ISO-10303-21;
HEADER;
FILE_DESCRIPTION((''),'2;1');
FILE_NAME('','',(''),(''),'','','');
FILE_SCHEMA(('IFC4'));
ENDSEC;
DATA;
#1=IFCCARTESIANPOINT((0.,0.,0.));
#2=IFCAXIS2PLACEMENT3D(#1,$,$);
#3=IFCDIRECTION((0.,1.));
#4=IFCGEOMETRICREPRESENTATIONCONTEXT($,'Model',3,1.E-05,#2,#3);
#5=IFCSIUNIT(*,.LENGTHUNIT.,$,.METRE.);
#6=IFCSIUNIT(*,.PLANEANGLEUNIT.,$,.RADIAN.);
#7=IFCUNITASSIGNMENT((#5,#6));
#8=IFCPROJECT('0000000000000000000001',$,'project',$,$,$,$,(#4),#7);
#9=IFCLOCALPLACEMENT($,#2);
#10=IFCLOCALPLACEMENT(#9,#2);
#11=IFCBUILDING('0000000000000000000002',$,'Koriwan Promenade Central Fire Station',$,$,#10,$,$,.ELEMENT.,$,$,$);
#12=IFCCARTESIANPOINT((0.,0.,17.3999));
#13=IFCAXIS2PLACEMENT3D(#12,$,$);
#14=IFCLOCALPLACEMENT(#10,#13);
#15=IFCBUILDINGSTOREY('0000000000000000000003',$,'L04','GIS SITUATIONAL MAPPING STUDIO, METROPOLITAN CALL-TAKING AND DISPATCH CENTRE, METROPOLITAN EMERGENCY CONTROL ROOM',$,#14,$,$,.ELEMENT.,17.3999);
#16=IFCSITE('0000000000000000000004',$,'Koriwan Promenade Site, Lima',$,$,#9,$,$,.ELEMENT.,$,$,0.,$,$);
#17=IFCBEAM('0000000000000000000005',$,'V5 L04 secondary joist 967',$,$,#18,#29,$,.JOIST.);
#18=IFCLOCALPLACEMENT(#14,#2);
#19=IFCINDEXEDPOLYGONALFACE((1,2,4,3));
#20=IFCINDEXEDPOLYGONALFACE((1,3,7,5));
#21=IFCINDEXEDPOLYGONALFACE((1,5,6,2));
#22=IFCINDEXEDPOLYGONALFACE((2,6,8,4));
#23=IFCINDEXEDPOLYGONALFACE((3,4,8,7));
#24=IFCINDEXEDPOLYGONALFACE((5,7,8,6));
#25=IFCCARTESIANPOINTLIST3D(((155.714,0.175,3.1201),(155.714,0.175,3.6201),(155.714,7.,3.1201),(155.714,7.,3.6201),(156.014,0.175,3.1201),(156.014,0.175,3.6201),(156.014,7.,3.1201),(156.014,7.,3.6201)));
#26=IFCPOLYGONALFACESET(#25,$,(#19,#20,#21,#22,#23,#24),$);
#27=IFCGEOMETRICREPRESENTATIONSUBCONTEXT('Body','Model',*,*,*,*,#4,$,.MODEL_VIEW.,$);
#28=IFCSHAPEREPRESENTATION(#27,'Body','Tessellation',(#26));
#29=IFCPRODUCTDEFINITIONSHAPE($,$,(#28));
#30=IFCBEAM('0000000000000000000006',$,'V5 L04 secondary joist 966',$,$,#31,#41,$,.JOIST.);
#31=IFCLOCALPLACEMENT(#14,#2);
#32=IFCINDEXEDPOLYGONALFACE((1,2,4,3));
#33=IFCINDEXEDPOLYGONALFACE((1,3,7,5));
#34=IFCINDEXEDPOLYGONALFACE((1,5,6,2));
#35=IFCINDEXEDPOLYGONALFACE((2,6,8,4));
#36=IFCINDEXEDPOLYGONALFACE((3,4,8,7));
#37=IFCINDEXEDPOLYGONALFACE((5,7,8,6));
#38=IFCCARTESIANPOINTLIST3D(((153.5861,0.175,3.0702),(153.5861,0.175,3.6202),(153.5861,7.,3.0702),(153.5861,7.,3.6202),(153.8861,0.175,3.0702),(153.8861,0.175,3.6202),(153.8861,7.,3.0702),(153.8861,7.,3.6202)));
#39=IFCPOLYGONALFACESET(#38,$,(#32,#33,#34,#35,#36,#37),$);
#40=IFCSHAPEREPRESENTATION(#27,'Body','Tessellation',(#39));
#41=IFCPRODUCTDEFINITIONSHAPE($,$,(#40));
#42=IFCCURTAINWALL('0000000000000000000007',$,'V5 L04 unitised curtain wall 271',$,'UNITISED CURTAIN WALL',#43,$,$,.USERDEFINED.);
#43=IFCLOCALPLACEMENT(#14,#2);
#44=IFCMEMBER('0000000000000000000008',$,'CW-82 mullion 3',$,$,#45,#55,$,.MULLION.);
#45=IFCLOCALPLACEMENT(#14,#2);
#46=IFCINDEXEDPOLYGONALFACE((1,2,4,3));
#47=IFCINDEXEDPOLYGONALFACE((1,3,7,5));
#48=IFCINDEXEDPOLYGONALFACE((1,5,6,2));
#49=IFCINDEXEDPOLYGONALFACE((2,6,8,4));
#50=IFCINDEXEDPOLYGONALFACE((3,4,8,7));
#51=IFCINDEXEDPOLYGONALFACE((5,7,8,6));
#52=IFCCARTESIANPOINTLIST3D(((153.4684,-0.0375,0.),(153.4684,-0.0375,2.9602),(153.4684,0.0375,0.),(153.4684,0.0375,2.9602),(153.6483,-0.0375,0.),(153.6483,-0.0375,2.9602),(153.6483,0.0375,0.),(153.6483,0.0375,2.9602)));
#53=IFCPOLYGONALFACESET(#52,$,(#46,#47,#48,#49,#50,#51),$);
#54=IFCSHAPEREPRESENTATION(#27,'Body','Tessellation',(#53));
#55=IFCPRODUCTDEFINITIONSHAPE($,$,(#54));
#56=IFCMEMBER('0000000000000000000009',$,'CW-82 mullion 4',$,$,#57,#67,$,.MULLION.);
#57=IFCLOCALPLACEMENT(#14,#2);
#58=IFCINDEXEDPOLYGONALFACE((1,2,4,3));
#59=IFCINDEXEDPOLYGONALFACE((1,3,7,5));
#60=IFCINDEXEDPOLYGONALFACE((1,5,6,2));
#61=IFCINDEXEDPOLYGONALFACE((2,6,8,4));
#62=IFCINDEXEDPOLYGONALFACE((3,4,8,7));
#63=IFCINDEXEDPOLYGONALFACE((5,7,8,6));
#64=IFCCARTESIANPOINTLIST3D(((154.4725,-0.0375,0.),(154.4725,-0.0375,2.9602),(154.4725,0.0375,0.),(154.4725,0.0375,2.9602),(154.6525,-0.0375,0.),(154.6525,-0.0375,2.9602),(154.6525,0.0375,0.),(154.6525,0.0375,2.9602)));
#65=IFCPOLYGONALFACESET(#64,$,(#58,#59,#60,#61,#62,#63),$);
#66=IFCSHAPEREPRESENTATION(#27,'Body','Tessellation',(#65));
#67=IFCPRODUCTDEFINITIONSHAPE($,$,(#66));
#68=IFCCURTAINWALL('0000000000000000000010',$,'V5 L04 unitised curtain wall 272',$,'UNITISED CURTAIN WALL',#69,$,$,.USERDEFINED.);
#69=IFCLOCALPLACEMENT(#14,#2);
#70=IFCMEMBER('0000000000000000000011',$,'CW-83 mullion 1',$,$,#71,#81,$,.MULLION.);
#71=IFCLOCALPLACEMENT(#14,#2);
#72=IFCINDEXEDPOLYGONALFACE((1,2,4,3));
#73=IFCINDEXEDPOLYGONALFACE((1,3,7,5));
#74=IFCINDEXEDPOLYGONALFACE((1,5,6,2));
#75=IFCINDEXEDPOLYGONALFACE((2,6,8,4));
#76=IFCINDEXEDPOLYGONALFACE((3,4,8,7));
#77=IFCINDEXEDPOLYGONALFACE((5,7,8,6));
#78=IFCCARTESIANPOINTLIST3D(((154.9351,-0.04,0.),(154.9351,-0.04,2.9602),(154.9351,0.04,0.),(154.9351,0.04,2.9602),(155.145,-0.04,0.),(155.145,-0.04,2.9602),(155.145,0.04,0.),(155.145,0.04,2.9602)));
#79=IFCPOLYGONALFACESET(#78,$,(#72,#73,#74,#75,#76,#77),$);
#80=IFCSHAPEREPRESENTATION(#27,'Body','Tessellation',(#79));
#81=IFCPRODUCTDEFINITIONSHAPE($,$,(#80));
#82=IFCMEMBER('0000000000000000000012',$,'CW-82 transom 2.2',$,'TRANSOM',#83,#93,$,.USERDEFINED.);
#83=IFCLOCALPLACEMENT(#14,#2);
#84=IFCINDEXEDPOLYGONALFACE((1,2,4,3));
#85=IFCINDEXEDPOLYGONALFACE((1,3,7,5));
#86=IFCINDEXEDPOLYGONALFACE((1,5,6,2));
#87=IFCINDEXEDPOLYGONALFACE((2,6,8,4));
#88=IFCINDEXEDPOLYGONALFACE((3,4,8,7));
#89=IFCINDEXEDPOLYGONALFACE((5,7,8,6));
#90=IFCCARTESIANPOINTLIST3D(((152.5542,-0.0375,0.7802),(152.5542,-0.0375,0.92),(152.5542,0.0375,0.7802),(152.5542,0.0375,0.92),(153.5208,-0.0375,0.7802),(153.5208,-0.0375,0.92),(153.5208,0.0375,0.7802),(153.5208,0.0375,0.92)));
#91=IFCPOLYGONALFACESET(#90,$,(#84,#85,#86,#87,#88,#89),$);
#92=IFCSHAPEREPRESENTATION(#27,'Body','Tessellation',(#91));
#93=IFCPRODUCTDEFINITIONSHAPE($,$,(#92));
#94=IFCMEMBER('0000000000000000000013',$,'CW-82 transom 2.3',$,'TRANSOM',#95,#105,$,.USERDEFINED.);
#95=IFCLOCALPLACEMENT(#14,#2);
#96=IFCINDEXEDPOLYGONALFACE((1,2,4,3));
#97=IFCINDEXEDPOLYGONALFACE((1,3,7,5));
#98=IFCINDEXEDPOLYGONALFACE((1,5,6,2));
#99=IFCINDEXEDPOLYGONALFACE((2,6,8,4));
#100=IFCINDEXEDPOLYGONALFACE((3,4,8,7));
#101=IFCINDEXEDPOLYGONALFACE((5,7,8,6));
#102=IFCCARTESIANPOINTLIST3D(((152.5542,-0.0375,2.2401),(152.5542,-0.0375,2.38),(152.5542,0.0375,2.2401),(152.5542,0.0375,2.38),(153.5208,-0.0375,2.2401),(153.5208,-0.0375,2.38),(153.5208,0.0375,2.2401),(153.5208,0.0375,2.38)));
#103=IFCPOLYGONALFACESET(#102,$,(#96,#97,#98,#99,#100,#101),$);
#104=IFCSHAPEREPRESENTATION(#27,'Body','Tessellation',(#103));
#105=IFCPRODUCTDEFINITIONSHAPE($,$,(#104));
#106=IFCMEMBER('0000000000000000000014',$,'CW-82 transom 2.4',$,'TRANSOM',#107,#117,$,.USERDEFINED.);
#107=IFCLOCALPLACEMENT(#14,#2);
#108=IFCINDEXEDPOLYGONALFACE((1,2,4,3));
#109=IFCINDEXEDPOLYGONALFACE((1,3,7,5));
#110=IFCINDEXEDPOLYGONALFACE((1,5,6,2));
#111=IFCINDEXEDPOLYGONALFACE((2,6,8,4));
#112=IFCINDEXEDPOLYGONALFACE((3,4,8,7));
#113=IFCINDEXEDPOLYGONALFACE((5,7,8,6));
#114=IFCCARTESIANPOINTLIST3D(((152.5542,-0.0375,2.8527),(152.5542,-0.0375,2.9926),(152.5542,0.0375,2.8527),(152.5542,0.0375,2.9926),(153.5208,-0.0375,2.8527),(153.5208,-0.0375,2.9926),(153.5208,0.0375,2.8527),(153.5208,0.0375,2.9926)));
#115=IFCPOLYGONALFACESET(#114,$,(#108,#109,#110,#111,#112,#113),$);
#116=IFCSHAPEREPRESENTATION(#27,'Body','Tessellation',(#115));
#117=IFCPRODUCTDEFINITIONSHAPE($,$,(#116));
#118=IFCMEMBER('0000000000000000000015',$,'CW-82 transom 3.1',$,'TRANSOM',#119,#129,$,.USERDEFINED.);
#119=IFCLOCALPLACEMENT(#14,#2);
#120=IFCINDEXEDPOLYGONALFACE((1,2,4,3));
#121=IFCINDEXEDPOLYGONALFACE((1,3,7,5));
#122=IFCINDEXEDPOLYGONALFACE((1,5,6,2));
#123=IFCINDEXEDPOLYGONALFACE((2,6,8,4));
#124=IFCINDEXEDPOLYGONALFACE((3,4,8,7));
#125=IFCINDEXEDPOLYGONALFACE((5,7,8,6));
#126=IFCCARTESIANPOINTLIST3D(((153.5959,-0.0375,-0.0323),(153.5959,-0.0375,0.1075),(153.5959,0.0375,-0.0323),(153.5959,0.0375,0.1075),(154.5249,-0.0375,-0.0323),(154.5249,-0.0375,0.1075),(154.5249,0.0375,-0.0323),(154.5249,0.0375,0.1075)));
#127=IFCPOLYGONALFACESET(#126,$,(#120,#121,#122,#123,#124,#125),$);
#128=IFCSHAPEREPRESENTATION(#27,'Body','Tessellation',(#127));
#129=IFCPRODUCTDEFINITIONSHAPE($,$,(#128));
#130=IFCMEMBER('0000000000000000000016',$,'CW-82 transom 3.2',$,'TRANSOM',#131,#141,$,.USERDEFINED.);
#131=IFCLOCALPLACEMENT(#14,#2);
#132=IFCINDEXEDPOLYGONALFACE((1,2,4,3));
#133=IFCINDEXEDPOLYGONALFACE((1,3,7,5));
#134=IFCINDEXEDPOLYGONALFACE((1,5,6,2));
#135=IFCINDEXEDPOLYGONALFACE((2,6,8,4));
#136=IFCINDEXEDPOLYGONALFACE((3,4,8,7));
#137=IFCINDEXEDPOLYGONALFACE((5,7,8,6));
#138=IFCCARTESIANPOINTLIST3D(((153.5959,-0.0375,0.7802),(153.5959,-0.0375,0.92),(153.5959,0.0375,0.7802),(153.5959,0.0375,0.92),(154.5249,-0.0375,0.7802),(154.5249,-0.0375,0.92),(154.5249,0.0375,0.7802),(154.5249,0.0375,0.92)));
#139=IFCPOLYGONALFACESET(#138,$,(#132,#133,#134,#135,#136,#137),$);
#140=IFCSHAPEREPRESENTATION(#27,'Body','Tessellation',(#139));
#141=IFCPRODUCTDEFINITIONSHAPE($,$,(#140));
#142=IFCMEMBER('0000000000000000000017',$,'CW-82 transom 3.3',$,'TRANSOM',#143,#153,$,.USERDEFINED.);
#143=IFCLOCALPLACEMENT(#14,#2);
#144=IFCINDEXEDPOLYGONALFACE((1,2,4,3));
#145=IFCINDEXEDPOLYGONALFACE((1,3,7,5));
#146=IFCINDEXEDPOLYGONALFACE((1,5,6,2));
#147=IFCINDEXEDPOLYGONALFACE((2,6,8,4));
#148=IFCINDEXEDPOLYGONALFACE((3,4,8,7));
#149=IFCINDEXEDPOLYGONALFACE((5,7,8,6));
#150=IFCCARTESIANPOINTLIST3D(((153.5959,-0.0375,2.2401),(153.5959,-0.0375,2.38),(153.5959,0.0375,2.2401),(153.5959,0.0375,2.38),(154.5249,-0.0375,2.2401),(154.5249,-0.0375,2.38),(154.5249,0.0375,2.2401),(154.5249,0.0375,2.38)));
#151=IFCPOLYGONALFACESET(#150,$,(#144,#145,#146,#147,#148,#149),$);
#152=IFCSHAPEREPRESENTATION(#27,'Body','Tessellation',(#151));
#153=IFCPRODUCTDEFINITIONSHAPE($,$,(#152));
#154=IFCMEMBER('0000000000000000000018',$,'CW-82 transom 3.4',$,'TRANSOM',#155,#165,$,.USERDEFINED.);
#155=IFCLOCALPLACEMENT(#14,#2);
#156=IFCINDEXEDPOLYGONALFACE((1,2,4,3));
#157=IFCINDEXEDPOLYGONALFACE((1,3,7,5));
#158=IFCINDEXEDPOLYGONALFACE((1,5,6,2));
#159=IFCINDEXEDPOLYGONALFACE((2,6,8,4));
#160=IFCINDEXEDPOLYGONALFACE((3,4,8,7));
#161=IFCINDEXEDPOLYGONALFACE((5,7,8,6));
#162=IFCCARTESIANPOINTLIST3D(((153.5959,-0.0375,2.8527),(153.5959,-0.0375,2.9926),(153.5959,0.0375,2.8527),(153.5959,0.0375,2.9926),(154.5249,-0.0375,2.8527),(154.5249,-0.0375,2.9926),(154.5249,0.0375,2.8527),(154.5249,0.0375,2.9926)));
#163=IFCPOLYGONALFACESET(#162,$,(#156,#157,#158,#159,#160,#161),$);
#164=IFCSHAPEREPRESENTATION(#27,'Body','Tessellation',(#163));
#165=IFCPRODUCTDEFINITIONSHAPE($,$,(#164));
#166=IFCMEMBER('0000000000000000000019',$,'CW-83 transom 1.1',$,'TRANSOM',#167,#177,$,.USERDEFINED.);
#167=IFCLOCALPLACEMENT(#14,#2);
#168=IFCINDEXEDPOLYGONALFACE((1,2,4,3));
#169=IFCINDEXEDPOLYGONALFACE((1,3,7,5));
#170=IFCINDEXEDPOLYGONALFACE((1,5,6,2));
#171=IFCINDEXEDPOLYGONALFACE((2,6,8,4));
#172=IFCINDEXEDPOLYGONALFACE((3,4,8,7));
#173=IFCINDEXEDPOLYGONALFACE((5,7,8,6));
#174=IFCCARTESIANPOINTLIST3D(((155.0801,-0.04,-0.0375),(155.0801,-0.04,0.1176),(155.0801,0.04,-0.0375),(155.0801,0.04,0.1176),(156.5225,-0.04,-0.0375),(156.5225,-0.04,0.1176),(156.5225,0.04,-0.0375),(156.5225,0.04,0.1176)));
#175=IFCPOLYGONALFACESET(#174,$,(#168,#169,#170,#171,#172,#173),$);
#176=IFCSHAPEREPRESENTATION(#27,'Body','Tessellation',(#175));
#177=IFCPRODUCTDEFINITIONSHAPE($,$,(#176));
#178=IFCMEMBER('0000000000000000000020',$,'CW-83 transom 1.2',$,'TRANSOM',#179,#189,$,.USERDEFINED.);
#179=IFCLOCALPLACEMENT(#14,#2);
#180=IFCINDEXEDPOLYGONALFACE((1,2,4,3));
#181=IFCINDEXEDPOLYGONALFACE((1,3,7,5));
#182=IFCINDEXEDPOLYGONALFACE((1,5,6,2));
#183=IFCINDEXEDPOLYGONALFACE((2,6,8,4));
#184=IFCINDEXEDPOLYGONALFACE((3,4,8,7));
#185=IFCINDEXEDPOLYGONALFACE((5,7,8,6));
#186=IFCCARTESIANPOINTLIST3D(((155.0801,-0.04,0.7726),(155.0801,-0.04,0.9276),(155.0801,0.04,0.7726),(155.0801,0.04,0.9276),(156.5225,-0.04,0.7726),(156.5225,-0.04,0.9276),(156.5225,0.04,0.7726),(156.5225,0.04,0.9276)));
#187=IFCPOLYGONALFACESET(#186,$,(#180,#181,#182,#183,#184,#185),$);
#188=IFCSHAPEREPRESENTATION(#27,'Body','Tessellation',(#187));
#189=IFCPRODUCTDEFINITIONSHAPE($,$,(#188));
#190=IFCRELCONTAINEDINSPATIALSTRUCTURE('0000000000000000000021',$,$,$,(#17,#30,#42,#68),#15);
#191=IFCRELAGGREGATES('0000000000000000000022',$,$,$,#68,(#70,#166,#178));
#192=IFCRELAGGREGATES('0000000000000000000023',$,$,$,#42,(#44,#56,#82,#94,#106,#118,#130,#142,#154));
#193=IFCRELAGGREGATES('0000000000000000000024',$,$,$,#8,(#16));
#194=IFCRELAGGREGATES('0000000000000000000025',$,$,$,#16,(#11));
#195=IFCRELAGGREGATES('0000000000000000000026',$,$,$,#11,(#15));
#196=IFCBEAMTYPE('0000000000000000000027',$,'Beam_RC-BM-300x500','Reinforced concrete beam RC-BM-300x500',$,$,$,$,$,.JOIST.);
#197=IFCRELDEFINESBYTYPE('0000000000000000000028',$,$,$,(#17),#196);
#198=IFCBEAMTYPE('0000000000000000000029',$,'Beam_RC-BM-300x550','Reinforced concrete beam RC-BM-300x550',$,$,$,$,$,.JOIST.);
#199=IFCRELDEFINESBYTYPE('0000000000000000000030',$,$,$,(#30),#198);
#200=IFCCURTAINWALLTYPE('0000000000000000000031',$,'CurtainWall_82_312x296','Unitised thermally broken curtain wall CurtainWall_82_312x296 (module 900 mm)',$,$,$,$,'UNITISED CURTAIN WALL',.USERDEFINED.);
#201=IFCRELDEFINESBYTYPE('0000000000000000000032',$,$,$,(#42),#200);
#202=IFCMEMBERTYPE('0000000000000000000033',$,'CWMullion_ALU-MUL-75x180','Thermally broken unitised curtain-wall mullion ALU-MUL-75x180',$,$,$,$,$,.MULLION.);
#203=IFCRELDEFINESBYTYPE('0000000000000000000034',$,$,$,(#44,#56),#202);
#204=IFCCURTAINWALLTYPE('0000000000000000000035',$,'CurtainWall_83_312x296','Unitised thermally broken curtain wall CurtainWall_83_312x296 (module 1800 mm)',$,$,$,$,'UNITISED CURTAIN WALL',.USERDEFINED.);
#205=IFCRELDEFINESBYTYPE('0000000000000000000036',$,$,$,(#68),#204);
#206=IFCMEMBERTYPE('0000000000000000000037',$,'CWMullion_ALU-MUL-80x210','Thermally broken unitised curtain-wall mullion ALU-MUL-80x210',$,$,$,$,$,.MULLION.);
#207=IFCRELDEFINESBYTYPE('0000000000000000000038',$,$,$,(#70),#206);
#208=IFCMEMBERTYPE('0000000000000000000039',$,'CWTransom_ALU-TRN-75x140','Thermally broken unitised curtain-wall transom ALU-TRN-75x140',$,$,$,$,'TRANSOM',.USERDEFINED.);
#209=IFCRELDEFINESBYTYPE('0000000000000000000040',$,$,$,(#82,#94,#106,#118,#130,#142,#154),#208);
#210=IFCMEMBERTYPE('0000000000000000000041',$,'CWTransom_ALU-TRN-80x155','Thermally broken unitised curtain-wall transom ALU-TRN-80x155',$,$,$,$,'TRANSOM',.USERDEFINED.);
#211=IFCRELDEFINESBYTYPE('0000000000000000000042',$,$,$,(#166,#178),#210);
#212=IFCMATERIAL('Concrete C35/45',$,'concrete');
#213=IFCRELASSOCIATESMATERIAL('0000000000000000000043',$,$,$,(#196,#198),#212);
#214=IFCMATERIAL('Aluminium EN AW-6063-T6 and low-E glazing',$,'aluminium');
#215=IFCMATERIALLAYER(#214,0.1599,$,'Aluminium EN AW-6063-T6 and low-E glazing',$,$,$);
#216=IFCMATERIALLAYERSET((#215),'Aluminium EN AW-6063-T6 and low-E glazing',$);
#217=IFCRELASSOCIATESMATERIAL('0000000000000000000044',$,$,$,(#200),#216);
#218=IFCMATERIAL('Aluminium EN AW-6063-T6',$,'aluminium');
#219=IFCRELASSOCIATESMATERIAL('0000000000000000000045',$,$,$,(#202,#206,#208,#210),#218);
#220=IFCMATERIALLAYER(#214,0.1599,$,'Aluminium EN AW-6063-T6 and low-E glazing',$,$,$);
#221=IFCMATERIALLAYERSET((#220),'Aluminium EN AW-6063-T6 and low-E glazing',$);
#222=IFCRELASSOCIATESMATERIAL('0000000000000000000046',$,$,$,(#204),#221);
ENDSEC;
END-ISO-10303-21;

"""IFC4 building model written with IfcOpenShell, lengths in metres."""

from ifc_helpers import new_model, si_unit, direction, frame, origin, origin_2d, place, context, subcontext, project, spatial, rectangle, extrude, material, layer, layer_set, material_profile, profile_set, type_object, element, aggregate, save


model = new_model("IFC4")

# Units and contexts
model_context = context("Model", 3, precision=1e-05, world=origin(), true_north=direction((0.0, 1.0)))
body_context = subcontext(model_context, "Body", "Model", "MODEL_VIEW")
ifc_project = project(units=[si_unit("LENGTHUNIT", "METRE"), si_unit("PLANEANGLEUNIT", "RADIAN")], contexts=[model_context])

# Site, building, storey
site_placement = place(None, origin())
site = spatial("IfcSite", under=ifc_project, at=site_placement, Name="Koriwan Promenade Site, Lima", CompositionType="ELEMENT", RefElevation=0.0)
building_placement = place(site_placement, origin())
building = spatial("IfcBuilding", under=site, at=building_placement, Name="Koriwan Promenade Central Fire Station", CompositionType="ELEMENT")
storey_placement = place(building_placement, frame((0.0, 0.0, 17.3999)))
storey = spatial("IfcBuildingStorey", under=building, at=storey_placement, Name="L04", Description="GIS SITUATIONAL MAPPING STUDIO, METROPOLITAN CALL-TAKING AND DISPATCH CENTRE, METROPOLITAN EMERGENCY CONTROL ROOM", CompositionType="ELEMENT", Elevation=17.3999)

# Beams
ifc_material_1 = material(Name="Concrete C35/45", Category="concrete")
ifc_material_profile_1 = material_profile(ifc_material_1, rectangle(XDim=0.3, YDim=0.5, at=origin_2d()), Name="RC-BM-300x500")
ifc_profile_set_1 = profile_set([ifc_material_profile_1], Name="Concrete C35/45")
beam_type_1 = type_object("IfcBeamType", Name="Beam_RC-BM-300x500", Description="Reinforced concrete beam RC-BM-300x500", PredefinedType="JOIST", material=ifc_profile_set_1)
beam_1_placement = place(storey_placement, frame((155.864, 0.175, 3.3701), z_axis=(0.0, 1.0, 0.0), x_axis=(-1.0, 0.0, 0.0)))
element("IfcBeam", 1, at=beam_1_placement, inside=storey, type_object=beam_type_1, Name="V5 L04 secondary joist 967", PredefinedType="JOIST", context=body_context, shape_type="SweptSolid", body=[
    extrude(rectangle(XDim=0.3, YDim=0.5, at=origin_2d()), origin(), (0.0, 0.0, 1.0), 6.825),
])
ifc_material_profile_2 = material_profile(ifc_material_1, rectangle(XDim=0.3, YDim=0.55, at=origin_2d()), Name="RC-BM-300x550")
ifc_profile_set_2 = profile_set([ifc_material_profile_2], Name="Concrete C35/45")
beam_type_2 = type_object("IfcBeamType", Name="Beam_RC-BM-300x550", Description="Reinforced concrete beam RC-BM-300x550", PredefinedType="JOIST", material=ifc_profile_set_2)
beam_2_placement = place(storey_placement, frame((153.7361, 0.175, 3.3452), z_axis=(0.0, 1.0, 0.0), x_axis=(-1.0, 0.0, 0.0)))
element("IfcBeam", 2, at=beam_2_placement, inside=storey, type_object=beam_type_2, Name="V5 L04 secondary joist 966", PredefinedType="JOIST", context=body_context, shape_type="SweptSolid", body=[
    extrude(rectangle(XDim=0.3, YDim=0.55, at=origin_2d()), origin(), (0.0, 0.0, 1.0), 6.825),
])

# Curtain wall, members
ifc_material_2 = material(Name="Aluminium EN AW-6063-T6 and low-E glazing", Category="aluminium")
ifc_layer_1 = layer(ifc_material_2, 0.1599, Name="Aluminium EN AW-6063-T6 and low-E glazing")
ifc_layer_set_1 = layer_set([ifc_layer_1], Name="Aluminium EN AW-6063-T6 and low-E glazing")
curtain_wall_type_1 = type_object("IfcCurtainWallType", Name="CurtainWall_82_312x296", Description="Unitised thermally broken curtain wall CurtainWall_82_312x296 (module 900 mm)", ElementType="UNITISED CURTAIN WALL", PredefinedType="USERDEFINED", material=ifc_layer_set_1)
curtain_wall_1_placement = place(storey_placement, origin())
curtain_wall_1 = element("IfcCurtainWall", 3, at=curtain_wall_1_placement, inside=storey, type_object=curtain_wall_type_1, Name="V5 L04 unitised curtain wall 271", ObjectType="UNITISED CURTAIN WALL", PredefinedType="USERDEFINED")
ifc_material_3 = material(Name="Aluminium EN AW-6063-T6", Category="aluminium")
ifc_material_profile_3 = material_profile(ifc_material_3, rectangle(XDim=0.075, YDim=0.1799, at=origin_2d()), Name="ALU-MUL-75x180")
ifc_profile_set_3 = profile_set([ifc_material_profile_3], Name="Aluminium EN AW-6063-T6")
member_type_1 = type_object("IfcMemberType", Name="CWMullion_ALU-MUL-75x180", Description="Thermally broken unitised curtain-wall mullion ALU-MUL-75x180", PredefinedType="MULLION", material=ifc_profile_set_3)
member_1_placement = place(storey_placement, frame((153.5583, 0.0, 0.0), z_axis=(0.0, 0.0, 1.0), x_axis=(0.0, 1.0, 0.0)))
member_1 = element("IfcMember", 4, at=member_1_placement, type_object=member_type_1, Name="CW-82 mullion 3", PredefinedType="MULLION", context=body_context, shape_type="SweptSolid", body=[
    extrude(rectangle(XDim=0.075, YDim=0.1799, at=origin_2d()), origin(), (0.0, 0.0, 1.0), 2.9602),
])
member_2_placement = place(storey_placement, frame((154.5625, 0.0, 0.0), z_axis=(0.0, 0.0, 1.0), x_axis=(0.0, 1.0, 0.0)))
member_2 = element("IfcMember", 5, at=member_2_placement, type_object=member_type_1, Name="CW-82 mullion 4", PredefinedType="MULLION", context=body_context, shape_type="SweptSolid", body=[
    extrude(rectangle(XDim=0.075, YDim=0.1799, at=origin_2d()), origin(), (0.0, 0.0, 1.0), 2.9602),
])

# Curtain wall, member
ifc_layer_2 = layer(ifc_material_2, 0.1599, Name="Aluminium EN AW-6063-T6 and low-E glazing")
ifc_layer_set_2 = layer_set([ifc_layer_2], Name="Aluminium EN AW-6063-T6 and low-E glazing")
curtain_wall_type_2 = type_object("IfcCurtainWallType", Name="CurtainWall_83_312x296", Description="Unitised thermally broken curtain wall CurtainWall_83_312x296 (module 1800 mm)", ElementType="UNITISED CURTAIN WALL", PredefinedType="USERDEFINED", material=ifc_layer_set_2)
curtain_wall_2_placement = place(storey_placement, origin())
curtain_wall_2 = element("IfcCurtainWall", 6, at=curtain_wall_2_placement, inside=storey, type_object=curtain_wall_type_2, Name="V5 L04 unitised curtain wall 272", ObjectType="UNITISED CURTAIN WALL", PredefinedType="USERDEFINED")
ifc_material_profile_4 = material_profile(ifc_material_3, rectangle(XDim=0.0801, YDim=0.21, at=origin_2d()), Name="ALU-MUL-80x210")
ifc_profile_set_4 = profile_set([ifc_material_profile_4], Name="Aluminium EN AW-6063-T6")
member_type_2 = type_object("IfcMemberType", Name="CWMullion_ALU-MUL-80x210", Description="Thermally broken unitised curtain-wall mullion ALU-MUL-80x210", PredefinedType="MULLION", material=ifc_profile_set_4)
member_3_placement = place(storey_placement, frame((155.04, 0.0, 0.0), z_axis=(0.0, 0.0, 1.0), x_axis=(0.0, 1.0, 0.0)))
member_3 = element("IfcMember", 7, at=member_3_placement, type_object=member_type_2, Name="CW-83 mullion 1", PredefinedType="MULLION", context=body_context, shape_type="SweptSolid", body=[
    extrude(rectangle(XDim=0.0801, YDim=0.21, at=origin_2d()), origin(), (0.0, 0.0, 1.0), 2.9602),
])

# Members
ifc_material_profile_5 = material_profile(ifc_material_3, rectangle(XDim=0.075, YDim=0.1399, at=origin_2d()), Name="ALU-TRN-75x140")
ifc_profile_set_5 = profile_set([ifc_material_profile_5], Name="Aluminium EN AW-6063-T6")
member_type_3 = type_object("IfcMemberType", Name="CWTransom_ALU-TRN-75x140", Description="Thermally broken unitised curtain-wall transom ALU-TRN-75x140", ElementType="TRANSOM", PredefinedType="USERDEFINED", material=ifc_profile_set_5)
member_4_placement = place(storey_placement, frame((152.5542, 0.0, 0.8501), z_axis=(1.0, 0.0, 0.0), x_axis=(0.0, 1.0, 0.0)))
member_4 = element("IfcMember", 8, at=member_4_placement, type_object=member_type_3, Name="CW-82 transom 2.2", ObjectType="TRANSOM", PredefinedType="USERDEFINED", context=body_context, shape_type="SweptSolid", body=[
    extrude(rectangle(XDim=0.075, YDim=0.1399, at=origin_2d()), origin(), (0.0, 0.0, 1.0), 0.9666),
])
member_5_placement = place(storey_placement, frame((152.5542, 0.0, 2.3101), z_axis=(1.0, 0.0, 0.0), x_axis=(0.0, 1.0, 0.0)))
member_5 = element("IfcMember", 9, at=member_5_placement, type_object=member_type_3, Name="CW-82 transom 2.3", ObjectType="TRANSOM", PredefinedType="USERDEFINED", context=body_context, shape_type="SweptSolid", body=[
    extrude(rectangle(XDim=0.075, YDim=0.1399, at=origin_2d()), origin(), (0.0, 0.0, 1.0), 0.9666),
])
member_6_placement = place(storey_placement, frame((152.5542, 0.0, 2.9226), z_axis=(1.0, 0.0, 0.0), x_axis=(0.0, 1.0, 0.0)))
member_6 = element("IfcMember", 10, at=member_6_placement, type_object=member_type_3, Name="CW-82 transom 2.4", ObjectType="TRANSOM", PredefinedType="USERDEFINED", context=body_context, shape_type="SweptSolid", body=[
    extrude(rectangle(XDim=0.075, YDim=0.1399, at=origin_2d()), origin(), (0.0, 0.0, 1.0), 0.9666),
])
member_7_placement = place(storey_placement, frame((153.5959, 0.0, 0.0376), z_axis=(1.0, 0.0, 0.0), x_axis=(0.0, 1.0, 0.0)))
member_7 = element("IfcMember", 11, at=member_7_placement, type_object=member_type_3, Name="CW-82 transom 3.1", ObjectType="TRANSOM", PredefinedType="USERDEFINED", context=body_context, shape_type="SweptSolid", body=[
    extrude(rectangle(XDim=0.075, YDim=0.1399, at=origin_2d()), origin(), (0.0, 0.0, 1.0), 0.929),
])
member_8_placement = place(storey_placement, frame((153.5959, 0.0, 0.8501), z_axis=(1.0, 0.0, 0.0), x_axis=(0.0, 1.0, 0.0)))
member_8 = element("IfcMember", 12, at=member_8_placement, type_object=member_type_3, Name="CW-82 transom 3.2", ObjectType="TRANSOM", PredefinedType="USERDEFINED", context=body_context, shape_type="SweptSolid", body=[
    extrude(rectangle(XDim=0.075, YDim=0.1399, at=origin_2d()), origin(), (0.0, 0.0, 1.0), 0.929),
])
member_9_placement = place(storey_placement, frame((153.5959, 0.0, 2.3101), z_axis=(1.0, 0.0, 0.0), x_axis=(0.0, 1.0, 0.0)))
member_9 = element("IfcMember", 13, at=member_9_placement, type_object=member_type_3, Name="CW-82 transom 3.3", ObjectType="TRANSOM", PredefinedType="USERDEFINED", context=body_context, shape_type="SweptSolid", body=[
    extrude(rectangle(XDim=0.075, YDim=0.1399, at=origin_2d()), origin(), (0.0, 0.0, 1.0), 0.929),
])
member_10_placement = place(storey_placement, frame((153.5959, 0.0, 2.9226), z_axis=(1.0, 0.0, 0.0), x_axis=(0.0, 1.0, 0.0)))
member_10 = element("IfcMember", 14, at=member_10_placement, type_object=member_type_3, Name="CW-82 transom 3.4", ObjectType="TRANSOM", PredefinedType="USERDEFINED", context=body_context, shape_type="SweptSolid", body=[
    extrude(rectangle(XDim=0.075, YDim=0.1399, at=origin_2d()), origin(), (0.0, 0.0, 1.0), 0.929),
])
ifc_material_profile_6 = material_profile(ifc_material_3, rectangle(XDim=0.0801, YDim=0.155, at=origin_2d()), Name="ALU-TRN-80x155")
ifc_profile_set_6 = profile_set([ifc_material_profile_6], Name="Aluminium EN AW-6063-T6")
member_type_4 = type_object("IfcMemberType", Name="CWTransom_ALU-TRN-80x155", Description="Thermally broken unitised curtain-wall transom ALU-TRN-80x155", ElementType="TRANSOM", PredefinedType="USERDEFINED", material=ifc_profile_set_6)
member_11_placement = place(storey_placement, frame((155.0801, 0.0, 0.04), z_axis=(1.0, 0.0, 0.0), x_axis=(0.0, 1.0, 0.0)))
member_11 = element("IfcMember", 15, at=member_11_placement, type_object=member_type_4, Name="CW-83 transom 1.1", ObjectType="TRANSOM", PredefinedType="USERDEFINED", context=body_context, shape_type="SweptSolid", body=[
    extrude(rectangle(XDim=0.0801, YDim=0.155, at=origin_2d()), origin(), (0.0, 0.0, 1.0), 1.4424),
])
member_12_placement = place(storey_placement, frame((155.0801, 0.0, 0.8501), z_axis=(1.0, 0.0, 0.0), x_axis=(0.0, 1.0, 0.0)))
member_12 = element("IfcMember", 16, at=member_12_placement, type_object=member_type_4, Name="CW-83 transom 1.2", ObjectType="TRANSOM", PredefinedType="USERDEFINED", context=body_context, shape_type="SweptSolid", body=[
    extrude(rectangle(XDim=0.0801, YDim=0.155, at=origin_2d()), origin(), (0.0, 0.0, 1.0), 1.4424),
])

aggregate(curtain_wall_2, [member_3, member_11, member_12])
aggregate(curtain_wall_1, [member_1, member_2, member_4, member_5, member_6, member_7, member_8, member_9, member_10])

save(model, "model.ifc")
